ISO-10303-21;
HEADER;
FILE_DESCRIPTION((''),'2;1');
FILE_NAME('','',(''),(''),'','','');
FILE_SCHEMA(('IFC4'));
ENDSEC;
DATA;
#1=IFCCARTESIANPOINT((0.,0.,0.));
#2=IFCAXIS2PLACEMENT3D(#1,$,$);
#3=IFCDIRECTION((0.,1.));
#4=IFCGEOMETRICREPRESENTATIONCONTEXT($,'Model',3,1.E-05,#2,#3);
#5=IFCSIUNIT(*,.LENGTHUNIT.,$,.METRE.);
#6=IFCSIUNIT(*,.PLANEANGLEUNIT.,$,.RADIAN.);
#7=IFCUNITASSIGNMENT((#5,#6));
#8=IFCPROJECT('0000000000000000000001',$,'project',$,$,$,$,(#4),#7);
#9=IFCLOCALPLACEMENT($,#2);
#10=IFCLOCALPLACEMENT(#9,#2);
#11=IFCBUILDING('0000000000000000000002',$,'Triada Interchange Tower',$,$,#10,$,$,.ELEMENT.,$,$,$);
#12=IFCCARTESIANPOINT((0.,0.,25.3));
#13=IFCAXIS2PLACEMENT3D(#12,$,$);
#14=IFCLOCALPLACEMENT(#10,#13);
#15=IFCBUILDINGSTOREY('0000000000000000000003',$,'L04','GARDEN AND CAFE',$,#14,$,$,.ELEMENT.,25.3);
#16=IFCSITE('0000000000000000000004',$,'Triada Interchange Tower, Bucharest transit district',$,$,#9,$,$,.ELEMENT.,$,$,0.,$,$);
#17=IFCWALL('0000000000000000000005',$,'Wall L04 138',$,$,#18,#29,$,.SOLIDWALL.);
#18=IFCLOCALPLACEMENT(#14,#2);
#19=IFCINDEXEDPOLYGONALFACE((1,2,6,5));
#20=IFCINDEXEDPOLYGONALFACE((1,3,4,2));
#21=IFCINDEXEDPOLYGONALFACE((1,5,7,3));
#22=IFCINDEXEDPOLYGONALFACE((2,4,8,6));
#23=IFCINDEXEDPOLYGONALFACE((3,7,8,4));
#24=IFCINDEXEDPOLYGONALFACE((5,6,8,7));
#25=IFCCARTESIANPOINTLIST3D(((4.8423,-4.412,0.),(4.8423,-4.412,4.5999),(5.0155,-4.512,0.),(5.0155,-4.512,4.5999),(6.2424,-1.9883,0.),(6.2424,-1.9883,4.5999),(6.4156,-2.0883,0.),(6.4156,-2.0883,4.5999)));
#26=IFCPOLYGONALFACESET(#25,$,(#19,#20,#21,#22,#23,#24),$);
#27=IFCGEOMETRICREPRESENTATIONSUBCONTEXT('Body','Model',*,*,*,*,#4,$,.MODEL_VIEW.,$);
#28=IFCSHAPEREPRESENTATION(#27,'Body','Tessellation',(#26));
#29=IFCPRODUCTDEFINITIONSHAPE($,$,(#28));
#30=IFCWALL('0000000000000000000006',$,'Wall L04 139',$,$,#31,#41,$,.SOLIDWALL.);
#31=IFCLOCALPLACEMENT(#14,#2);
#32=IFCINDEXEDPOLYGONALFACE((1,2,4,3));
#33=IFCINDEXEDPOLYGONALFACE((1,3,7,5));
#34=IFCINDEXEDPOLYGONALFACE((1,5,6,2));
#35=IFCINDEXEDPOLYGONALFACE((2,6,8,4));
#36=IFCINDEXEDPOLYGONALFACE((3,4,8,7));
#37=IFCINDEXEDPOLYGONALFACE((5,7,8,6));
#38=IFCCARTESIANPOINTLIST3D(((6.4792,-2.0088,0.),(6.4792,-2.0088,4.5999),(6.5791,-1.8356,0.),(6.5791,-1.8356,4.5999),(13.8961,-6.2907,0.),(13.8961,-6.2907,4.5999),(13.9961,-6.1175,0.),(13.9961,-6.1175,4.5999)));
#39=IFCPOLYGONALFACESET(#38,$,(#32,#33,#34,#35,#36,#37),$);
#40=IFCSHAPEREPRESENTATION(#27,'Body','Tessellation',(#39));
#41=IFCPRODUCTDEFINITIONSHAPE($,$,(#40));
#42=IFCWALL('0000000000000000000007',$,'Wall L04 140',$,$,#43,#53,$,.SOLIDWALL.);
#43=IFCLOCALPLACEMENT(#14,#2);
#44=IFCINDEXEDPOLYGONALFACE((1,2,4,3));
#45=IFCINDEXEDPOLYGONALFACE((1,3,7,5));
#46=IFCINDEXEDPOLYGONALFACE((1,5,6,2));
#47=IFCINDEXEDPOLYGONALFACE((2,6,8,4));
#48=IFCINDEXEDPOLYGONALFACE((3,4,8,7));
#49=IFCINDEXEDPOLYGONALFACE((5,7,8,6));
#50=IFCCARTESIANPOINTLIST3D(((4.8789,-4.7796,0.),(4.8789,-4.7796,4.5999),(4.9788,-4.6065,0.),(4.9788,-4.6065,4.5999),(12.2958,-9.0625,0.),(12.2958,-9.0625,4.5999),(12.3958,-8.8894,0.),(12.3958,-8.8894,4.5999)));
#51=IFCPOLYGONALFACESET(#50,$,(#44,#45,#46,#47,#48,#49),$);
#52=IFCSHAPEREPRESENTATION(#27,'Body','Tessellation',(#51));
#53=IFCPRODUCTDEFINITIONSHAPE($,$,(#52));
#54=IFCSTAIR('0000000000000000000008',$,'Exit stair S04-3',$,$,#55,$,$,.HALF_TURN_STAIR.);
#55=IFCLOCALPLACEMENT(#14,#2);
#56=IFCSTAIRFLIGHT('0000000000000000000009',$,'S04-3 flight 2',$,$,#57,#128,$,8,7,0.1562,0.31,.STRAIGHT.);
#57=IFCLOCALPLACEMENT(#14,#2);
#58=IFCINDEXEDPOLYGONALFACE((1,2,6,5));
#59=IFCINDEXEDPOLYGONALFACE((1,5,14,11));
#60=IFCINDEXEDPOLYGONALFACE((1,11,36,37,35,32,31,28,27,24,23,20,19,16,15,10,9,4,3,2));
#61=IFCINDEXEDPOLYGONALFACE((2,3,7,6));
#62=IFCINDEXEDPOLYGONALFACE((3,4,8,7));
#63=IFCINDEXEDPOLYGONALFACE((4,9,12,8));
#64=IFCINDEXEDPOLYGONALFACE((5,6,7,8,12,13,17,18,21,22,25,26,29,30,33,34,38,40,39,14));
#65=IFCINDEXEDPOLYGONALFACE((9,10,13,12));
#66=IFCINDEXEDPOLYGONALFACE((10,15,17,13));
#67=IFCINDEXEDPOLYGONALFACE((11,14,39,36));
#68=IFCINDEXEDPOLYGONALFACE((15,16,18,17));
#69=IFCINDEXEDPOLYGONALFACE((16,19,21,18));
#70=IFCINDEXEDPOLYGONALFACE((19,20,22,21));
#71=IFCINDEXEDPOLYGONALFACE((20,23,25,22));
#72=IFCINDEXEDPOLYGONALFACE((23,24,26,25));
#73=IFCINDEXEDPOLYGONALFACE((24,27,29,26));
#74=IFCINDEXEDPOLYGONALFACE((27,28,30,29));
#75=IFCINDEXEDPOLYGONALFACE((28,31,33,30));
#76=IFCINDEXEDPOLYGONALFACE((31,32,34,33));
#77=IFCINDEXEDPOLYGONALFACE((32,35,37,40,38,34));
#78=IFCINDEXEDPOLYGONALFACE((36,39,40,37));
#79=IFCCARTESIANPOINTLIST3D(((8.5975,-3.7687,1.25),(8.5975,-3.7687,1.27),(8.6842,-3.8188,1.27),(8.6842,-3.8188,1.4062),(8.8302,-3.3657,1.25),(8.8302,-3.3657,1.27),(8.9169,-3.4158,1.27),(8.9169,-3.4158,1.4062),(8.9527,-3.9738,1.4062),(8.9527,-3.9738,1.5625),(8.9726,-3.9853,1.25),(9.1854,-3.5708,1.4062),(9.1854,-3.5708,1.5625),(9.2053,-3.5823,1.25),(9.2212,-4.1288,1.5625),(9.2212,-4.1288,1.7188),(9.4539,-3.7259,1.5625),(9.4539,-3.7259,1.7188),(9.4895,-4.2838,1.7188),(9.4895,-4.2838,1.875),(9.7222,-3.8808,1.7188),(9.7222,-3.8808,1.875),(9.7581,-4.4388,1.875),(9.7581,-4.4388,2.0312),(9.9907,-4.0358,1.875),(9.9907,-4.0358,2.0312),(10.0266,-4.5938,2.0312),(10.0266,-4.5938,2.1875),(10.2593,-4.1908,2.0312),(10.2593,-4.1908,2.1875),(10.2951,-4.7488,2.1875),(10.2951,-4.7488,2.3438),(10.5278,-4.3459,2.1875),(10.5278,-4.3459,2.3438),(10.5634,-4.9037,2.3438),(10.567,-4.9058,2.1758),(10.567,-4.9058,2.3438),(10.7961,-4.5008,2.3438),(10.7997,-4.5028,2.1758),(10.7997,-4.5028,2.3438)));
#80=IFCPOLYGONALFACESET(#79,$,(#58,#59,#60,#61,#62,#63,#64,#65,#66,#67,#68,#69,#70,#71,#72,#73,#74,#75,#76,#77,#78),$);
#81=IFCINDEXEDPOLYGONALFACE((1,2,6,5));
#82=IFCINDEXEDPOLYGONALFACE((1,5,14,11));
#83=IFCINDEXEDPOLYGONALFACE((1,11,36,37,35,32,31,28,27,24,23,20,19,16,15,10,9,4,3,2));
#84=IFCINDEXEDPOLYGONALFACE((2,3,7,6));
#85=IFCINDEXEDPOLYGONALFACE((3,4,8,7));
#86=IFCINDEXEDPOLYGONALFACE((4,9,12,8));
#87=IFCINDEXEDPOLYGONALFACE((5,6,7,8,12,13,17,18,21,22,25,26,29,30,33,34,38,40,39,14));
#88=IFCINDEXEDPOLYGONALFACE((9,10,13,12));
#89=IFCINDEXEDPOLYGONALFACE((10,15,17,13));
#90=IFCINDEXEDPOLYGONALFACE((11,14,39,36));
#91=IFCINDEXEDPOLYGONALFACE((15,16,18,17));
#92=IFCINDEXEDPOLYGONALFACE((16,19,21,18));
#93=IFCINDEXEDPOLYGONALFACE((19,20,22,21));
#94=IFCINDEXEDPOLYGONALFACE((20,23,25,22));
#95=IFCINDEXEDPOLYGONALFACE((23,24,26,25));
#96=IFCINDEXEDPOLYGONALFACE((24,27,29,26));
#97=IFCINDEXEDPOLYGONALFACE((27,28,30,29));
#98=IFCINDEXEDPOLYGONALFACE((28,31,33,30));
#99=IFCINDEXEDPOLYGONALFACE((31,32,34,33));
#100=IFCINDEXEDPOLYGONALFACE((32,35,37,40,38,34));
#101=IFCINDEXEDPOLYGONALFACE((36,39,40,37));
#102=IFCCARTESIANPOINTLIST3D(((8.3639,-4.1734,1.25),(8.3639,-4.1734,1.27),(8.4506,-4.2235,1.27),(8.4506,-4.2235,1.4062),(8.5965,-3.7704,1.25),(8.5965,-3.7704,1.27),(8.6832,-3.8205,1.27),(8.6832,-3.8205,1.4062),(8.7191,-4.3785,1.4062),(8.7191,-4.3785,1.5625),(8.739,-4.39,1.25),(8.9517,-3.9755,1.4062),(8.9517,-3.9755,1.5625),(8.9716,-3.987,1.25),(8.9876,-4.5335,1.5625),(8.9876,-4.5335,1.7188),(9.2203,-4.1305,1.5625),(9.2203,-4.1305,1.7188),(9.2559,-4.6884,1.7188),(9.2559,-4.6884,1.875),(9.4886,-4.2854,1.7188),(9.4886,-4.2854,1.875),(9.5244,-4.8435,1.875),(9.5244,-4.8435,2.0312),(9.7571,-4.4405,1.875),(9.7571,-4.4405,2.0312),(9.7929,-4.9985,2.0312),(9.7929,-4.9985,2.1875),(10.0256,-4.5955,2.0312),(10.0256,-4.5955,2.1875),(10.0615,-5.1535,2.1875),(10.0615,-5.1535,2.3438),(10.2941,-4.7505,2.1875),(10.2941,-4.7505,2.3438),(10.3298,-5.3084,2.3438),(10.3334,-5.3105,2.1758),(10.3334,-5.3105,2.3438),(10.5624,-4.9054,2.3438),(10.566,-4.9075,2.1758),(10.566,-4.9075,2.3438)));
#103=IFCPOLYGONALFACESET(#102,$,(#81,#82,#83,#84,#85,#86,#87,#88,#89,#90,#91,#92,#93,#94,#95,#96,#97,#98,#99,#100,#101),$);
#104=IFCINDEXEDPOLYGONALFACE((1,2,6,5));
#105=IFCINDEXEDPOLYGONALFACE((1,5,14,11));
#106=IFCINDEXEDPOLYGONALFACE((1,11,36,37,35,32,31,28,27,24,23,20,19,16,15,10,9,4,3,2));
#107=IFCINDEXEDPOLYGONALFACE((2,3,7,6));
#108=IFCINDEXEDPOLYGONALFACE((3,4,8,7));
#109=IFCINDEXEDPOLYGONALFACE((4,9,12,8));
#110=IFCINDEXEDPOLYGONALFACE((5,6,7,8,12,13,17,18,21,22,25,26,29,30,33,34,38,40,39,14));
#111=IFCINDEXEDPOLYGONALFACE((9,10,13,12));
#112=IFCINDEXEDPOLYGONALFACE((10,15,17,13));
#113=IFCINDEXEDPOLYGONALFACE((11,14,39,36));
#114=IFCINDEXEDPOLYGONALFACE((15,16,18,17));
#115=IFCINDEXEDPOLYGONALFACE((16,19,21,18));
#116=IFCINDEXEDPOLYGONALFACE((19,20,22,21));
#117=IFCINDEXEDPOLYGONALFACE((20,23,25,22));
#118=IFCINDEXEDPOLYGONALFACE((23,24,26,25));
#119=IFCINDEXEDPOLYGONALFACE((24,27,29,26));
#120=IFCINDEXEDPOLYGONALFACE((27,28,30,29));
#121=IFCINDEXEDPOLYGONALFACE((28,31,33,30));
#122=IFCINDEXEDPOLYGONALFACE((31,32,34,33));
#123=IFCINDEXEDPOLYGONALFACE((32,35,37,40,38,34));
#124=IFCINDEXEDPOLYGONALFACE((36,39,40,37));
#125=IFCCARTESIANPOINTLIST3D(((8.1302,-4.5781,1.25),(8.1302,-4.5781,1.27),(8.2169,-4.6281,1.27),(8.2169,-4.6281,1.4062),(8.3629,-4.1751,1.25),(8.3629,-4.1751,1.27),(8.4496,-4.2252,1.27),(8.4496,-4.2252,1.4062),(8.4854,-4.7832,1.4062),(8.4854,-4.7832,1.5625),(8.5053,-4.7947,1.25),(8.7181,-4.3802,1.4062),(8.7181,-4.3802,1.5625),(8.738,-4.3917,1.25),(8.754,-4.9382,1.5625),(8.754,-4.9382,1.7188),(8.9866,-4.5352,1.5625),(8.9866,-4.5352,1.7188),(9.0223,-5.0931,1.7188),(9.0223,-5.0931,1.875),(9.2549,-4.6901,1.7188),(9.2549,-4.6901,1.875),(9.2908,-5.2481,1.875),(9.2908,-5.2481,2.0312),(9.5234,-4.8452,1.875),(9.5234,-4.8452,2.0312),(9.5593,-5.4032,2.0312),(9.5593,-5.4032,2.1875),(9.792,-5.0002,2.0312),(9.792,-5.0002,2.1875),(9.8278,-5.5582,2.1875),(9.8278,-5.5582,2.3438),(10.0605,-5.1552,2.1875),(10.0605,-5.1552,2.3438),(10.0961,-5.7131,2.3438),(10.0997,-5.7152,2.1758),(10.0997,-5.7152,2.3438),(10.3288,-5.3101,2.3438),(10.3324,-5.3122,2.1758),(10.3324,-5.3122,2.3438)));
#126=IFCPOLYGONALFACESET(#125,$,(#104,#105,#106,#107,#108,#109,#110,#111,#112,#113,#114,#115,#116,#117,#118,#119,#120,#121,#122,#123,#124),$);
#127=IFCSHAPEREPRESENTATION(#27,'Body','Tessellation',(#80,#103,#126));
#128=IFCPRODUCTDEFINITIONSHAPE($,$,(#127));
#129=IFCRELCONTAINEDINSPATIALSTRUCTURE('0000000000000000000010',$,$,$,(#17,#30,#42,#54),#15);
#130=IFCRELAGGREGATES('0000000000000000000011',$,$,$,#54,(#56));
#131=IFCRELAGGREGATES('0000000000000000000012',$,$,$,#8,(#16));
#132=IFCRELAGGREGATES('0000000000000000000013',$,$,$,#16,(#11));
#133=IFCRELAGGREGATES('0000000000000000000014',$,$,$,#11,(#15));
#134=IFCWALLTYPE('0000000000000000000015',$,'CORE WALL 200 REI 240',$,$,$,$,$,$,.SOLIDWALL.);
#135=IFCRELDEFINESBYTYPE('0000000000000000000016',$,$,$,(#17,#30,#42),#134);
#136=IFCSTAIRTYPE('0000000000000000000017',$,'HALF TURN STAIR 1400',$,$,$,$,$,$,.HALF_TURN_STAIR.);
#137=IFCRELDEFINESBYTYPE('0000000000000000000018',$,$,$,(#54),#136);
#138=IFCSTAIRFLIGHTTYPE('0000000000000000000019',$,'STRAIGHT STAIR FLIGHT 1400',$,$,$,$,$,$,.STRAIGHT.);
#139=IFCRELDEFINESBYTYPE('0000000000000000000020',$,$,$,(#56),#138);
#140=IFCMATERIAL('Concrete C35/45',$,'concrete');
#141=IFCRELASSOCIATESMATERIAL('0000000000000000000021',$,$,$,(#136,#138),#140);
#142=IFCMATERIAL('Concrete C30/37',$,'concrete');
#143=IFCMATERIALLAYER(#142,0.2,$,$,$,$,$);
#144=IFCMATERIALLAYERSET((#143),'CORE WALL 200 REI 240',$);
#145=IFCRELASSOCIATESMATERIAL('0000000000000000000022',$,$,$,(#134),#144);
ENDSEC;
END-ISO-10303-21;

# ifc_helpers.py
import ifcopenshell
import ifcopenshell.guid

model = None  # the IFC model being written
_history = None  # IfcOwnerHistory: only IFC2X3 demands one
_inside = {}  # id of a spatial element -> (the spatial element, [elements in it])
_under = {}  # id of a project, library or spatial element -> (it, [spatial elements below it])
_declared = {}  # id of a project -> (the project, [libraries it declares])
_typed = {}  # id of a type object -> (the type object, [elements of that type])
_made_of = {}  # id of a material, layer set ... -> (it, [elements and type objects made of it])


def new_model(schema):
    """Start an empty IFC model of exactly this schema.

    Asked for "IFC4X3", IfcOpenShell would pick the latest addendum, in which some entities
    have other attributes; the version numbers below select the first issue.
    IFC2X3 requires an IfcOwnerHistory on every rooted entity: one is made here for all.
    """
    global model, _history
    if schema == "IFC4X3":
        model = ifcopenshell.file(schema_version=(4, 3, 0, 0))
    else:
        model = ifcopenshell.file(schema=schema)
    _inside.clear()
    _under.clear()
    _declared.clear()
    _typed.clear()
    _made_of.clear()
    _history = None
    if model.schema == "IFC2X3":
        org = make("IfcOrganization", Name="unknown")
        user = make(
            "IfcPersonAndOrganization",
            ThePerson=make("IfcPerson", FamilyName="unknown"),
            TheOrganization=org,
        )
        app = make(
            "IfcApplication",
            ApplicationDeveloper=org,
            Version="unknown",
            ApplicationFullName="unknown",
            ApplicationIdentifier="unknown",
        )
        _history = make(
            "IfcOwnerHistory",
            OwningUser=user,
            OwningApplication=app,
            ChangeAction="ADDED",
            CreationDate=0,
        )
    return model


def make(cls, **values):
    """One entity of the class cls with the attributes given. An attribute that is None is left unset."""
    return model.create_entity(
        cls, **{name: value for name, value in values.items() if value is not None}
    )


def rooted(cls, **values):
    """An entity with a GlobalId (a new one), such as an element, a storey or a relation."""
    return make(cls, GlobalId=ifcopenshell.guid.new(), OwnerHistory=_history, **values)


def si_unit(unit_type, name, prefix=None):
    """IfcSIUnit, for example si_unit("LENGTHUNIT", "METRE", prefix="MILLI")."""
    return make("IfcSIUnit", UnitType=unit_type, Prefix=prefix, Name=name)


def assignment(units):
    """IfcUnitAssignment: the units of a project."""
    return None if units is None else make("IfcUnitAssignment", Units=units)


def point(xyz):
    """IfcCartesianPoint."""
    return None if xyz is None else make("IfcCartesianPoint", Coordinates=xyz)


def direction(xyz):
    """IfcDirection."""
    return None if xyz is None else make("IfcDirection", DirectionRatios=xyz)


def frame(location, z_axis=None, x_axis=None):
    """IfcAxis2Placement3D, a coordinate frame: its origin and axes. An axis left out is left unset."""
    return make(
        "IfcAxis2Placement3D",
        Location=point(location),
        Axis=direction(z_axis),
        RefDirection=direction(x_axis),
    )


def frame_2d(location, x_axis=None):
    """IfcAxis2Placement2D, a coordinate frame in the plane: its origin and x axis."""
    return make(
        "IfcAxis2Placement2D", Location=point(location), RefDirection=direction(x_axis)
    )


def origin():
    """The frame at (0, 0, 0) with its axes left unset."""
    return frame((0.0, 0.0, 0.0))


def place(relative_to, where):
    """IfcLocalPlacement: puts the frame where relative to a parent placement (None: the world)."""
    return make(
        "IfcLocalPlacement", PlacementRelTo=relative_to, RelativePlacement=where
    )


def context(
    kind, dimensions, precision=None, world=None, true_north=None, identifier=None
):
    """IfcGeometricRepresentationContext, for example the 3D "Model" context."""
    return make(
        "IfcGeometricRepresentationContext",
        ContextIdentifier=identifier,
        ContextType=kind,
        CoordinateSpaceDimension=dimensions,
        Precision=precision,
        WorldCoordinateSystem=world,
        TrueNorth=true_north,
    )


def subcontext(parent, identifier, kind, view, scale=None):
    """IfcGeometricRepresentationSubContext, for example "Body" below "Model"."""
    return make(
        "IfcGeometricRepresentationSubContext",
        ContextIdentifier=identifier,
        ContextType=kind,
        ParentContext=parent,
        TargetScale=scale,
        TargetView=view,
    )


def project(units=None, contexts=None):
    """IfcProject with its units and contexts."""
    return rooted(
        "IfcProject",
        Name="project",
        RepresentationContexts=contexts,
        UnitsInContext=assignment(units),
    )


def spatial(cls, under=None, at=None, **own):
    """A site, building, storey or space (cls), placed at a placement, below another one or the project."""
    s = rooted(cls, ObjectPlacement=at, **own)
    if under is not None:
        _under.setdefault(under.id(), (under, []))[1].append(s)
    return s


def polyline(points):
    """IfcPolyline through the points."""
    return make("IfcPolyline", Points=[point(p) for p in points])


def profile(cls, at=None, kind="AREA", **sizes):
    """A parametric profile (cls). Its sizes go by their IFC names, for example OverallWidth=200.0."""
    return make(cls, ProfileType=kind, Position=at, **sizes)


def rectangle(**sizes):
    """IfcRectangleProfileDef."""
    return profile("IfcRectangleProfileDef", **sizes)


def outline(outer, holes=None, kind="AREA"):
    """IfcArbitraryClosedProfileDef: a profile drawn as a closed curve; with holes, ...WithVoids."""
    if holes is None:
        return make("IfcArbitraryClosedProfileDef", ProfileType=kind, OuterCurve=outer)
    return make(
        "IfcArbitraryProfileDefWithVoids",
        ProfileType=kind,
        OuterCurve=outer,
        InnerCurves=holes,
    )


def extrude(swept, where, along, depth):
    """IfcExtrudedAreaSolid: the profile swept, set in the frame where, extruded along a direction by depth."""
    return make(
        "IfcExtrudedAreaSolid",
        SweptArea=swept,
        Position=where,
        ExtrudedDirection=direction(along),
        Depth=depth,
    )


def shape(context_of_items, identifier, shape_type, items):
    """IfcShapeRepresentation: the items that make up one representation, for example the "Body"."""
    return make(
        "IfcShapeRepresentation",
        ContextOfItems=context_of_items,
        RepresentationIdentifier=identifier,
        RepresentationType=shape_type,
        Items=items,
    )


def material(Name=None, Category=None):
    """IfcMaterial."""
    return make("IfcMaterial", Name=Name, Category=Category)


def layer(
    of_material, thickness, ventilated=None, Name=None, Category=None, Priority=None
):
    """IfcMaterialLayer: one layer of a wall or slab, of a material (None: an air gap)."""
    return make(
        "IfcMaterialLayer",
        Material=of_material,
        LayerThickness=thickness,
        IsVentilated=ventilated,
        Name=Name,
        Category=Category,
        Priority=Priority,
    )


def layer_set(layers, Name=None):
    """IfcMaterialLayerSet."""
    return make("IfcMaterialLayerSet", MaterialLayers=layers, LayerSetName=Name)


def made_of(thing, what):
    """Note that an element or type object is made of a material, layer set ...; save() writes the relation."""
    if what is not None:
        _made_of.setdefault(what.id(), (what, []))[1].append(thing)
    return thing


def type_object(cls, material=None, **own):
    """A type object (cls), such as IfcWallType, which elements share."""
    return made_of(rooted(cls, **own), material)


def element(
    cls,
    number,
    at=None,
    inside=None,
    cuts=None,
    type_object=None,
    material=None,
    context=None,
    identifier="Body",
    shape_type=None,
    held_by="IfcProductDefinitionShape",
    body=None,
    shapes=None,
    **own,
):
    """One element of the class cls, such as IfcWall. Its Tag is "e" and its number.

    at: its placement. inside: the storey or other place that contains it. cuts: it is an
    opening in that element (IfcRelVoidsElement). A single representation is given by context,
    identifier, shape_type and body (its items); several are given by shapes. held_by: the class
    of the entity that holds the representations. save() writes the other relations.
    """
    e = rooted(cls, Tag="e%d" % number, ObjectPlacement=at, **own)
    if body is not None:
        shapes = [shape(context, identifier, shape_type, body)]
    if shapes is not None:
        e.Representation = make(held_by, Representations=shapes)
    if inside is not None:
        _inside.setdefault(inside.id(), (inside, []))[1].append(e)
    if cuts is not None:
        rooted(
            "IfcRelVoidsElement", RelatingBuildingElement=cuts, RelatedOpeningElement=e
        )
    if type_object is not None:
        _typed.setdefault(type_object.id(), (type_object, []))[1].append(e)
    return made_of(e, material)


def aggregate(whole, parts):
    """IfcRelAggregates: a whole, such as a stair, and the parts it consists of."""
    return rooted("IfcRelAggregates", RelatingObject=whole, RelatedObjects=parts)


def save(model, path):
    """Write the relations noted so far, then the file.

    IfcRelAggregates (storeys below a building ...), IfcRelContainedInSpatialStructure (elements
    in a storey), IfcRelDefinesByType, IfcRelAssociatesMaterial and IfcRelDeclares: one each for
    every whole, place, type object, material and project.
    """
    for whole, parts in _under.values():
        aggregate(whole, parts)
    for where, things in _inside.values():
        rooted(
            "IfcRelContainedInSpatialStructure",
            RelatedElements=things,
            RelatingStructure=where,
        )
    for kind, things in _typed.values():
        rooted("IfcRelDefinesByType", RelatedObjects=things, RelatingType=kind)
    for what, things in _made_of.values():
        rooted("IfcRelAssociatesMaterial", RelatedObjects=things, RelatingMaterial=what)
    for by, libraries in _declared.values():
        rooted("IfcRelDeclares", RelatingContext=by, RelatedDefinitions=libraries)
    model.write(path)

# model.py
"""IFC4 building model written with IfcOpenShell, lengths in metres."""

from ifc_helpers import new_model, si_unit, direction, frame, frame_2d, origin, place, context, subcontext, project, spatial, polyline, rectangle, outline, extrude, material, layer, layer_set, type_object, element, aggregate, save


model = new_model("IFC4")

# Units and contexts
model_context = context("Model", 3, precision=1e-05, world=origin(), true_north=direction((0.0, 1.0)))
body_context = subcontext(model_context, "Body", "Model", "MODEL_VIEW")
ifc_project = project(units=[si_unit("LENGTHUNIT", "METRE"), si_unit("PLANEANGLEUNIT", "RADIAN")], contexts=[model_context])

# Site, building, storey
site_placement = place(None, origin())
site = spatial("IfcSite", under=ifc_project, at=site_placement, Name="Triada Interchange Tower, Bucharest transit district", CompositionType="ELEMENT", RefElevation=0.0)
building_placement = place(site_placement, origin())
building = spatial("IfcBuilding", under=site, at=building_placement, Name="Triada Interchange Tower", CompositionType="ELEMENT")
storey_placement = place(building_placement, frame((0.0, 0.0, 25.3)))
storey = spatial("IfcBuildingStorey", under=building, at=storey_placement, Name="L04", Description="GARDEN AND CAFE", CompositionType="ELEMENT", Elevation=25.3)

# Shared definitions
ifc_material_1 = material(Name="Concrete C35/45", Category="concrete")
stair_type = type_object("IfcStairType", Name="HALF TURN STAIR 1400", PredefinedType="HALF_TURN_STAIR", material=ifc_material_1)

# Shared definitions
ifc_material_2 = material(Name="Concrete C30/37", Category="concrete")

# Walls
ifc_layer_1 = layer(ifc_material_2, 0.2)
ifc_layer_set_1 = layer_set([ifc_layer_1], Name="CORE WALL 200 REI 240")
wall_type_1 = type_object("IfcWallType", Name="CORE WALL 200 REI 240", PredefinedType="SOLIDWALL", material=ifc_layer_set_1)
wall_1_placement = place(storey_placement, frame((4.929, -4.4619, 0.0), z_axis=(0.0, 0.0, 1.0), x_axis=(0.500201, 0.86591, 0.0)))
element("IfcWall", 1, at=wall_1_placement, inside=storey, type_object=wall_type_1, Name="Wall L04 138", PredefinedType="SOLIDWALL", context=body_context, shape_type="SweptSolid", body=[
    extrude(rectangle(XDim=2.7991, YDim=0.2, at=frame_2d((1.3994, 0.0))), origin(), (0.0, 0.0, 1.0), 4.5999),
])
wall_2_placement = place(storey_placement, frame((6.5291, -1.9221, 0.0), z_axis=(0.0, 0.0, 1.0), x_axis=(0.866037, -0.499981, 0.0)))
element("IfcWall", 2, at=wall_2_placement, inside=storey, type_object=wall_type_1, Name="Wall L04 139", PredefinedType="SOLIDWALL", context=body_context, shape_type="SweptSolid", body=[
    extrude(rectangle(XDim=8.5642, YDim=0.2, at=frame_2d((4.2822, 0.0))), origin(), (0.0, 0.0, 1.0), 4.5999),
])
wall_3_placement = place(storey_placement, frame((4.929, -4.6931, 0.0), z_axis=(0.0, 0.0, 1.0), x_axis=(0.865987, -0.500066, 0.0)))
element("IfcWall", 3, at=wall_3_placement, inside=storey, type_object=wall_type_1, Name="Wall L04 140", PredefinedType="SOLIDWALL", context=body_context, shape_type="SweptSolid", body=[
    extrude(rectangle(XDim=8.5647, YDim=0.2, at=frame_2d((4.2822, 0.0))), origin(), (0.0, 0.0, 1.0), 4.5999),
])

# Stair, stair flight
stair_1_placement = place(storey_placement, origin())
stair_1 = element("IfcStair", 4, at=stair_1_placement, inside=storey, type_object=stair_type, Name="Exit stair S04-3", PredefinedType="HALF_TURN_STAIR")
stair_flight_type = type_object("IfcStairFlightType", Name="STRAIGHT STAIR FLIGHT 1400", PredefinedType="STRAIGHT", material=ifc_material_1)
stair_flight_1_placement = place(storey_placement, frame((8.5669, -4.022, 1.25), z_axis=(0.0, 0.0, 1.0), x_axis=(0.866025, -0.5, 0.0)))
stair_flight_1 = element("IfcStairFlight", 5, at=stair_flight_1_placement, type_object=stair_flight_type, Name="S04-3 flight 2", NumberOfRisers=8, NumberOfTreads=7, PredefinedType="STRAIGHT", RiserHeight=0.1562, TreadLength=0.31, context=body_context, shape_type="SweptSolid", body=[
    extrude(outline(polyline([(-0.1001, 0.0), (-0.1001, 0.02), (0.0, 0.02), (0.0, 0.1562), (0.3101, 0.1562), (0.3101, 0.3125), (0.6201, 0.3125), (0.6201, 0.4688), (0.9299, 0.4688), (0.9299, 0.625), (1.24, 0.625), (1.24, 0.7812), (1.55, 0.7812), (1.55, 0.9375), (1.8601, 0.9375), (1.8601, 1.0938), (2.1699, 1.0938), (2.1741, 1.0938), (2.1741, 1.25), (2.1741, 0.9258), (0.333, 0.0), (-0.1001, 0.0)])), frame((0.0, 0.7, 0.0), z_axis=(0.0, -1.0, 0.0), x_axis=(1.0, 0.0, 0.0)), (0.0, 0.0, 1.0), 0.4653),
    extrude(outline(polyline([(-0.1001, 0.0), (-0.1001, 0.02), (0.0, 0.02), (0.0, 0.1562), (0.3101, 0.1562), (0.3101, 0.3125), (0.6201, 0.3125), (0.6201, 0.4688), (0.9299, 0.4688), (0.9299, 0.625), (1.24, 0.625), (1.24, 0.7812), (1.55, 0.7812), (1.55, 0.9375), (1.8601, 0.9375), (1.8601, 1.0938), (2.1699, 1.0938), (2.1741, 1.0938), (2.1741, 1.25), (2.1741, 0.9258), (0.333, 0.0), (-0.1001, 0.0)])), frame((0.0, 0.2327, 0.0), z_axis=(0.0, -1.0, 0.0), x_axis=(1.0, 0.0, 0.0)), (0.0, 0.0, 1.0), 0.4653),
    extrude(outline(polyline([(-0.1001, 0.0), (-0.1001, 0.02), (0.0, 0.02), (0.0, 0.1562), (0.3101, 0.1562), (0.3101, 0.3125), (0.6201, 0.3125), (0.6201, 0.4688), (0.9299, 0.4688), (0.9299, 0.625), (1.24, 0.625), (1.24, 0.7812), (1.55, 0.7812), (1.55, 0.9375), (1.8601, 0.9375), (1.8601, 1.0938), (2.1699, 1.0938), (2.1741, 1.0938), (2.1741, 1.25), (2.1741, 0.9258), (0.333, 0.0), (-0.1001, 0.0)])), frame((0.0, -0.2346, 0.0), z_axis=(0.0, -1.0, 0.0), x_axis=(1.0, 0.0, 0.0)), (0.0, 0.0, 1.0), 0.4653),
])
aggregate(stair_1, [stair_flight_1])

save(model, "model.ifc")
